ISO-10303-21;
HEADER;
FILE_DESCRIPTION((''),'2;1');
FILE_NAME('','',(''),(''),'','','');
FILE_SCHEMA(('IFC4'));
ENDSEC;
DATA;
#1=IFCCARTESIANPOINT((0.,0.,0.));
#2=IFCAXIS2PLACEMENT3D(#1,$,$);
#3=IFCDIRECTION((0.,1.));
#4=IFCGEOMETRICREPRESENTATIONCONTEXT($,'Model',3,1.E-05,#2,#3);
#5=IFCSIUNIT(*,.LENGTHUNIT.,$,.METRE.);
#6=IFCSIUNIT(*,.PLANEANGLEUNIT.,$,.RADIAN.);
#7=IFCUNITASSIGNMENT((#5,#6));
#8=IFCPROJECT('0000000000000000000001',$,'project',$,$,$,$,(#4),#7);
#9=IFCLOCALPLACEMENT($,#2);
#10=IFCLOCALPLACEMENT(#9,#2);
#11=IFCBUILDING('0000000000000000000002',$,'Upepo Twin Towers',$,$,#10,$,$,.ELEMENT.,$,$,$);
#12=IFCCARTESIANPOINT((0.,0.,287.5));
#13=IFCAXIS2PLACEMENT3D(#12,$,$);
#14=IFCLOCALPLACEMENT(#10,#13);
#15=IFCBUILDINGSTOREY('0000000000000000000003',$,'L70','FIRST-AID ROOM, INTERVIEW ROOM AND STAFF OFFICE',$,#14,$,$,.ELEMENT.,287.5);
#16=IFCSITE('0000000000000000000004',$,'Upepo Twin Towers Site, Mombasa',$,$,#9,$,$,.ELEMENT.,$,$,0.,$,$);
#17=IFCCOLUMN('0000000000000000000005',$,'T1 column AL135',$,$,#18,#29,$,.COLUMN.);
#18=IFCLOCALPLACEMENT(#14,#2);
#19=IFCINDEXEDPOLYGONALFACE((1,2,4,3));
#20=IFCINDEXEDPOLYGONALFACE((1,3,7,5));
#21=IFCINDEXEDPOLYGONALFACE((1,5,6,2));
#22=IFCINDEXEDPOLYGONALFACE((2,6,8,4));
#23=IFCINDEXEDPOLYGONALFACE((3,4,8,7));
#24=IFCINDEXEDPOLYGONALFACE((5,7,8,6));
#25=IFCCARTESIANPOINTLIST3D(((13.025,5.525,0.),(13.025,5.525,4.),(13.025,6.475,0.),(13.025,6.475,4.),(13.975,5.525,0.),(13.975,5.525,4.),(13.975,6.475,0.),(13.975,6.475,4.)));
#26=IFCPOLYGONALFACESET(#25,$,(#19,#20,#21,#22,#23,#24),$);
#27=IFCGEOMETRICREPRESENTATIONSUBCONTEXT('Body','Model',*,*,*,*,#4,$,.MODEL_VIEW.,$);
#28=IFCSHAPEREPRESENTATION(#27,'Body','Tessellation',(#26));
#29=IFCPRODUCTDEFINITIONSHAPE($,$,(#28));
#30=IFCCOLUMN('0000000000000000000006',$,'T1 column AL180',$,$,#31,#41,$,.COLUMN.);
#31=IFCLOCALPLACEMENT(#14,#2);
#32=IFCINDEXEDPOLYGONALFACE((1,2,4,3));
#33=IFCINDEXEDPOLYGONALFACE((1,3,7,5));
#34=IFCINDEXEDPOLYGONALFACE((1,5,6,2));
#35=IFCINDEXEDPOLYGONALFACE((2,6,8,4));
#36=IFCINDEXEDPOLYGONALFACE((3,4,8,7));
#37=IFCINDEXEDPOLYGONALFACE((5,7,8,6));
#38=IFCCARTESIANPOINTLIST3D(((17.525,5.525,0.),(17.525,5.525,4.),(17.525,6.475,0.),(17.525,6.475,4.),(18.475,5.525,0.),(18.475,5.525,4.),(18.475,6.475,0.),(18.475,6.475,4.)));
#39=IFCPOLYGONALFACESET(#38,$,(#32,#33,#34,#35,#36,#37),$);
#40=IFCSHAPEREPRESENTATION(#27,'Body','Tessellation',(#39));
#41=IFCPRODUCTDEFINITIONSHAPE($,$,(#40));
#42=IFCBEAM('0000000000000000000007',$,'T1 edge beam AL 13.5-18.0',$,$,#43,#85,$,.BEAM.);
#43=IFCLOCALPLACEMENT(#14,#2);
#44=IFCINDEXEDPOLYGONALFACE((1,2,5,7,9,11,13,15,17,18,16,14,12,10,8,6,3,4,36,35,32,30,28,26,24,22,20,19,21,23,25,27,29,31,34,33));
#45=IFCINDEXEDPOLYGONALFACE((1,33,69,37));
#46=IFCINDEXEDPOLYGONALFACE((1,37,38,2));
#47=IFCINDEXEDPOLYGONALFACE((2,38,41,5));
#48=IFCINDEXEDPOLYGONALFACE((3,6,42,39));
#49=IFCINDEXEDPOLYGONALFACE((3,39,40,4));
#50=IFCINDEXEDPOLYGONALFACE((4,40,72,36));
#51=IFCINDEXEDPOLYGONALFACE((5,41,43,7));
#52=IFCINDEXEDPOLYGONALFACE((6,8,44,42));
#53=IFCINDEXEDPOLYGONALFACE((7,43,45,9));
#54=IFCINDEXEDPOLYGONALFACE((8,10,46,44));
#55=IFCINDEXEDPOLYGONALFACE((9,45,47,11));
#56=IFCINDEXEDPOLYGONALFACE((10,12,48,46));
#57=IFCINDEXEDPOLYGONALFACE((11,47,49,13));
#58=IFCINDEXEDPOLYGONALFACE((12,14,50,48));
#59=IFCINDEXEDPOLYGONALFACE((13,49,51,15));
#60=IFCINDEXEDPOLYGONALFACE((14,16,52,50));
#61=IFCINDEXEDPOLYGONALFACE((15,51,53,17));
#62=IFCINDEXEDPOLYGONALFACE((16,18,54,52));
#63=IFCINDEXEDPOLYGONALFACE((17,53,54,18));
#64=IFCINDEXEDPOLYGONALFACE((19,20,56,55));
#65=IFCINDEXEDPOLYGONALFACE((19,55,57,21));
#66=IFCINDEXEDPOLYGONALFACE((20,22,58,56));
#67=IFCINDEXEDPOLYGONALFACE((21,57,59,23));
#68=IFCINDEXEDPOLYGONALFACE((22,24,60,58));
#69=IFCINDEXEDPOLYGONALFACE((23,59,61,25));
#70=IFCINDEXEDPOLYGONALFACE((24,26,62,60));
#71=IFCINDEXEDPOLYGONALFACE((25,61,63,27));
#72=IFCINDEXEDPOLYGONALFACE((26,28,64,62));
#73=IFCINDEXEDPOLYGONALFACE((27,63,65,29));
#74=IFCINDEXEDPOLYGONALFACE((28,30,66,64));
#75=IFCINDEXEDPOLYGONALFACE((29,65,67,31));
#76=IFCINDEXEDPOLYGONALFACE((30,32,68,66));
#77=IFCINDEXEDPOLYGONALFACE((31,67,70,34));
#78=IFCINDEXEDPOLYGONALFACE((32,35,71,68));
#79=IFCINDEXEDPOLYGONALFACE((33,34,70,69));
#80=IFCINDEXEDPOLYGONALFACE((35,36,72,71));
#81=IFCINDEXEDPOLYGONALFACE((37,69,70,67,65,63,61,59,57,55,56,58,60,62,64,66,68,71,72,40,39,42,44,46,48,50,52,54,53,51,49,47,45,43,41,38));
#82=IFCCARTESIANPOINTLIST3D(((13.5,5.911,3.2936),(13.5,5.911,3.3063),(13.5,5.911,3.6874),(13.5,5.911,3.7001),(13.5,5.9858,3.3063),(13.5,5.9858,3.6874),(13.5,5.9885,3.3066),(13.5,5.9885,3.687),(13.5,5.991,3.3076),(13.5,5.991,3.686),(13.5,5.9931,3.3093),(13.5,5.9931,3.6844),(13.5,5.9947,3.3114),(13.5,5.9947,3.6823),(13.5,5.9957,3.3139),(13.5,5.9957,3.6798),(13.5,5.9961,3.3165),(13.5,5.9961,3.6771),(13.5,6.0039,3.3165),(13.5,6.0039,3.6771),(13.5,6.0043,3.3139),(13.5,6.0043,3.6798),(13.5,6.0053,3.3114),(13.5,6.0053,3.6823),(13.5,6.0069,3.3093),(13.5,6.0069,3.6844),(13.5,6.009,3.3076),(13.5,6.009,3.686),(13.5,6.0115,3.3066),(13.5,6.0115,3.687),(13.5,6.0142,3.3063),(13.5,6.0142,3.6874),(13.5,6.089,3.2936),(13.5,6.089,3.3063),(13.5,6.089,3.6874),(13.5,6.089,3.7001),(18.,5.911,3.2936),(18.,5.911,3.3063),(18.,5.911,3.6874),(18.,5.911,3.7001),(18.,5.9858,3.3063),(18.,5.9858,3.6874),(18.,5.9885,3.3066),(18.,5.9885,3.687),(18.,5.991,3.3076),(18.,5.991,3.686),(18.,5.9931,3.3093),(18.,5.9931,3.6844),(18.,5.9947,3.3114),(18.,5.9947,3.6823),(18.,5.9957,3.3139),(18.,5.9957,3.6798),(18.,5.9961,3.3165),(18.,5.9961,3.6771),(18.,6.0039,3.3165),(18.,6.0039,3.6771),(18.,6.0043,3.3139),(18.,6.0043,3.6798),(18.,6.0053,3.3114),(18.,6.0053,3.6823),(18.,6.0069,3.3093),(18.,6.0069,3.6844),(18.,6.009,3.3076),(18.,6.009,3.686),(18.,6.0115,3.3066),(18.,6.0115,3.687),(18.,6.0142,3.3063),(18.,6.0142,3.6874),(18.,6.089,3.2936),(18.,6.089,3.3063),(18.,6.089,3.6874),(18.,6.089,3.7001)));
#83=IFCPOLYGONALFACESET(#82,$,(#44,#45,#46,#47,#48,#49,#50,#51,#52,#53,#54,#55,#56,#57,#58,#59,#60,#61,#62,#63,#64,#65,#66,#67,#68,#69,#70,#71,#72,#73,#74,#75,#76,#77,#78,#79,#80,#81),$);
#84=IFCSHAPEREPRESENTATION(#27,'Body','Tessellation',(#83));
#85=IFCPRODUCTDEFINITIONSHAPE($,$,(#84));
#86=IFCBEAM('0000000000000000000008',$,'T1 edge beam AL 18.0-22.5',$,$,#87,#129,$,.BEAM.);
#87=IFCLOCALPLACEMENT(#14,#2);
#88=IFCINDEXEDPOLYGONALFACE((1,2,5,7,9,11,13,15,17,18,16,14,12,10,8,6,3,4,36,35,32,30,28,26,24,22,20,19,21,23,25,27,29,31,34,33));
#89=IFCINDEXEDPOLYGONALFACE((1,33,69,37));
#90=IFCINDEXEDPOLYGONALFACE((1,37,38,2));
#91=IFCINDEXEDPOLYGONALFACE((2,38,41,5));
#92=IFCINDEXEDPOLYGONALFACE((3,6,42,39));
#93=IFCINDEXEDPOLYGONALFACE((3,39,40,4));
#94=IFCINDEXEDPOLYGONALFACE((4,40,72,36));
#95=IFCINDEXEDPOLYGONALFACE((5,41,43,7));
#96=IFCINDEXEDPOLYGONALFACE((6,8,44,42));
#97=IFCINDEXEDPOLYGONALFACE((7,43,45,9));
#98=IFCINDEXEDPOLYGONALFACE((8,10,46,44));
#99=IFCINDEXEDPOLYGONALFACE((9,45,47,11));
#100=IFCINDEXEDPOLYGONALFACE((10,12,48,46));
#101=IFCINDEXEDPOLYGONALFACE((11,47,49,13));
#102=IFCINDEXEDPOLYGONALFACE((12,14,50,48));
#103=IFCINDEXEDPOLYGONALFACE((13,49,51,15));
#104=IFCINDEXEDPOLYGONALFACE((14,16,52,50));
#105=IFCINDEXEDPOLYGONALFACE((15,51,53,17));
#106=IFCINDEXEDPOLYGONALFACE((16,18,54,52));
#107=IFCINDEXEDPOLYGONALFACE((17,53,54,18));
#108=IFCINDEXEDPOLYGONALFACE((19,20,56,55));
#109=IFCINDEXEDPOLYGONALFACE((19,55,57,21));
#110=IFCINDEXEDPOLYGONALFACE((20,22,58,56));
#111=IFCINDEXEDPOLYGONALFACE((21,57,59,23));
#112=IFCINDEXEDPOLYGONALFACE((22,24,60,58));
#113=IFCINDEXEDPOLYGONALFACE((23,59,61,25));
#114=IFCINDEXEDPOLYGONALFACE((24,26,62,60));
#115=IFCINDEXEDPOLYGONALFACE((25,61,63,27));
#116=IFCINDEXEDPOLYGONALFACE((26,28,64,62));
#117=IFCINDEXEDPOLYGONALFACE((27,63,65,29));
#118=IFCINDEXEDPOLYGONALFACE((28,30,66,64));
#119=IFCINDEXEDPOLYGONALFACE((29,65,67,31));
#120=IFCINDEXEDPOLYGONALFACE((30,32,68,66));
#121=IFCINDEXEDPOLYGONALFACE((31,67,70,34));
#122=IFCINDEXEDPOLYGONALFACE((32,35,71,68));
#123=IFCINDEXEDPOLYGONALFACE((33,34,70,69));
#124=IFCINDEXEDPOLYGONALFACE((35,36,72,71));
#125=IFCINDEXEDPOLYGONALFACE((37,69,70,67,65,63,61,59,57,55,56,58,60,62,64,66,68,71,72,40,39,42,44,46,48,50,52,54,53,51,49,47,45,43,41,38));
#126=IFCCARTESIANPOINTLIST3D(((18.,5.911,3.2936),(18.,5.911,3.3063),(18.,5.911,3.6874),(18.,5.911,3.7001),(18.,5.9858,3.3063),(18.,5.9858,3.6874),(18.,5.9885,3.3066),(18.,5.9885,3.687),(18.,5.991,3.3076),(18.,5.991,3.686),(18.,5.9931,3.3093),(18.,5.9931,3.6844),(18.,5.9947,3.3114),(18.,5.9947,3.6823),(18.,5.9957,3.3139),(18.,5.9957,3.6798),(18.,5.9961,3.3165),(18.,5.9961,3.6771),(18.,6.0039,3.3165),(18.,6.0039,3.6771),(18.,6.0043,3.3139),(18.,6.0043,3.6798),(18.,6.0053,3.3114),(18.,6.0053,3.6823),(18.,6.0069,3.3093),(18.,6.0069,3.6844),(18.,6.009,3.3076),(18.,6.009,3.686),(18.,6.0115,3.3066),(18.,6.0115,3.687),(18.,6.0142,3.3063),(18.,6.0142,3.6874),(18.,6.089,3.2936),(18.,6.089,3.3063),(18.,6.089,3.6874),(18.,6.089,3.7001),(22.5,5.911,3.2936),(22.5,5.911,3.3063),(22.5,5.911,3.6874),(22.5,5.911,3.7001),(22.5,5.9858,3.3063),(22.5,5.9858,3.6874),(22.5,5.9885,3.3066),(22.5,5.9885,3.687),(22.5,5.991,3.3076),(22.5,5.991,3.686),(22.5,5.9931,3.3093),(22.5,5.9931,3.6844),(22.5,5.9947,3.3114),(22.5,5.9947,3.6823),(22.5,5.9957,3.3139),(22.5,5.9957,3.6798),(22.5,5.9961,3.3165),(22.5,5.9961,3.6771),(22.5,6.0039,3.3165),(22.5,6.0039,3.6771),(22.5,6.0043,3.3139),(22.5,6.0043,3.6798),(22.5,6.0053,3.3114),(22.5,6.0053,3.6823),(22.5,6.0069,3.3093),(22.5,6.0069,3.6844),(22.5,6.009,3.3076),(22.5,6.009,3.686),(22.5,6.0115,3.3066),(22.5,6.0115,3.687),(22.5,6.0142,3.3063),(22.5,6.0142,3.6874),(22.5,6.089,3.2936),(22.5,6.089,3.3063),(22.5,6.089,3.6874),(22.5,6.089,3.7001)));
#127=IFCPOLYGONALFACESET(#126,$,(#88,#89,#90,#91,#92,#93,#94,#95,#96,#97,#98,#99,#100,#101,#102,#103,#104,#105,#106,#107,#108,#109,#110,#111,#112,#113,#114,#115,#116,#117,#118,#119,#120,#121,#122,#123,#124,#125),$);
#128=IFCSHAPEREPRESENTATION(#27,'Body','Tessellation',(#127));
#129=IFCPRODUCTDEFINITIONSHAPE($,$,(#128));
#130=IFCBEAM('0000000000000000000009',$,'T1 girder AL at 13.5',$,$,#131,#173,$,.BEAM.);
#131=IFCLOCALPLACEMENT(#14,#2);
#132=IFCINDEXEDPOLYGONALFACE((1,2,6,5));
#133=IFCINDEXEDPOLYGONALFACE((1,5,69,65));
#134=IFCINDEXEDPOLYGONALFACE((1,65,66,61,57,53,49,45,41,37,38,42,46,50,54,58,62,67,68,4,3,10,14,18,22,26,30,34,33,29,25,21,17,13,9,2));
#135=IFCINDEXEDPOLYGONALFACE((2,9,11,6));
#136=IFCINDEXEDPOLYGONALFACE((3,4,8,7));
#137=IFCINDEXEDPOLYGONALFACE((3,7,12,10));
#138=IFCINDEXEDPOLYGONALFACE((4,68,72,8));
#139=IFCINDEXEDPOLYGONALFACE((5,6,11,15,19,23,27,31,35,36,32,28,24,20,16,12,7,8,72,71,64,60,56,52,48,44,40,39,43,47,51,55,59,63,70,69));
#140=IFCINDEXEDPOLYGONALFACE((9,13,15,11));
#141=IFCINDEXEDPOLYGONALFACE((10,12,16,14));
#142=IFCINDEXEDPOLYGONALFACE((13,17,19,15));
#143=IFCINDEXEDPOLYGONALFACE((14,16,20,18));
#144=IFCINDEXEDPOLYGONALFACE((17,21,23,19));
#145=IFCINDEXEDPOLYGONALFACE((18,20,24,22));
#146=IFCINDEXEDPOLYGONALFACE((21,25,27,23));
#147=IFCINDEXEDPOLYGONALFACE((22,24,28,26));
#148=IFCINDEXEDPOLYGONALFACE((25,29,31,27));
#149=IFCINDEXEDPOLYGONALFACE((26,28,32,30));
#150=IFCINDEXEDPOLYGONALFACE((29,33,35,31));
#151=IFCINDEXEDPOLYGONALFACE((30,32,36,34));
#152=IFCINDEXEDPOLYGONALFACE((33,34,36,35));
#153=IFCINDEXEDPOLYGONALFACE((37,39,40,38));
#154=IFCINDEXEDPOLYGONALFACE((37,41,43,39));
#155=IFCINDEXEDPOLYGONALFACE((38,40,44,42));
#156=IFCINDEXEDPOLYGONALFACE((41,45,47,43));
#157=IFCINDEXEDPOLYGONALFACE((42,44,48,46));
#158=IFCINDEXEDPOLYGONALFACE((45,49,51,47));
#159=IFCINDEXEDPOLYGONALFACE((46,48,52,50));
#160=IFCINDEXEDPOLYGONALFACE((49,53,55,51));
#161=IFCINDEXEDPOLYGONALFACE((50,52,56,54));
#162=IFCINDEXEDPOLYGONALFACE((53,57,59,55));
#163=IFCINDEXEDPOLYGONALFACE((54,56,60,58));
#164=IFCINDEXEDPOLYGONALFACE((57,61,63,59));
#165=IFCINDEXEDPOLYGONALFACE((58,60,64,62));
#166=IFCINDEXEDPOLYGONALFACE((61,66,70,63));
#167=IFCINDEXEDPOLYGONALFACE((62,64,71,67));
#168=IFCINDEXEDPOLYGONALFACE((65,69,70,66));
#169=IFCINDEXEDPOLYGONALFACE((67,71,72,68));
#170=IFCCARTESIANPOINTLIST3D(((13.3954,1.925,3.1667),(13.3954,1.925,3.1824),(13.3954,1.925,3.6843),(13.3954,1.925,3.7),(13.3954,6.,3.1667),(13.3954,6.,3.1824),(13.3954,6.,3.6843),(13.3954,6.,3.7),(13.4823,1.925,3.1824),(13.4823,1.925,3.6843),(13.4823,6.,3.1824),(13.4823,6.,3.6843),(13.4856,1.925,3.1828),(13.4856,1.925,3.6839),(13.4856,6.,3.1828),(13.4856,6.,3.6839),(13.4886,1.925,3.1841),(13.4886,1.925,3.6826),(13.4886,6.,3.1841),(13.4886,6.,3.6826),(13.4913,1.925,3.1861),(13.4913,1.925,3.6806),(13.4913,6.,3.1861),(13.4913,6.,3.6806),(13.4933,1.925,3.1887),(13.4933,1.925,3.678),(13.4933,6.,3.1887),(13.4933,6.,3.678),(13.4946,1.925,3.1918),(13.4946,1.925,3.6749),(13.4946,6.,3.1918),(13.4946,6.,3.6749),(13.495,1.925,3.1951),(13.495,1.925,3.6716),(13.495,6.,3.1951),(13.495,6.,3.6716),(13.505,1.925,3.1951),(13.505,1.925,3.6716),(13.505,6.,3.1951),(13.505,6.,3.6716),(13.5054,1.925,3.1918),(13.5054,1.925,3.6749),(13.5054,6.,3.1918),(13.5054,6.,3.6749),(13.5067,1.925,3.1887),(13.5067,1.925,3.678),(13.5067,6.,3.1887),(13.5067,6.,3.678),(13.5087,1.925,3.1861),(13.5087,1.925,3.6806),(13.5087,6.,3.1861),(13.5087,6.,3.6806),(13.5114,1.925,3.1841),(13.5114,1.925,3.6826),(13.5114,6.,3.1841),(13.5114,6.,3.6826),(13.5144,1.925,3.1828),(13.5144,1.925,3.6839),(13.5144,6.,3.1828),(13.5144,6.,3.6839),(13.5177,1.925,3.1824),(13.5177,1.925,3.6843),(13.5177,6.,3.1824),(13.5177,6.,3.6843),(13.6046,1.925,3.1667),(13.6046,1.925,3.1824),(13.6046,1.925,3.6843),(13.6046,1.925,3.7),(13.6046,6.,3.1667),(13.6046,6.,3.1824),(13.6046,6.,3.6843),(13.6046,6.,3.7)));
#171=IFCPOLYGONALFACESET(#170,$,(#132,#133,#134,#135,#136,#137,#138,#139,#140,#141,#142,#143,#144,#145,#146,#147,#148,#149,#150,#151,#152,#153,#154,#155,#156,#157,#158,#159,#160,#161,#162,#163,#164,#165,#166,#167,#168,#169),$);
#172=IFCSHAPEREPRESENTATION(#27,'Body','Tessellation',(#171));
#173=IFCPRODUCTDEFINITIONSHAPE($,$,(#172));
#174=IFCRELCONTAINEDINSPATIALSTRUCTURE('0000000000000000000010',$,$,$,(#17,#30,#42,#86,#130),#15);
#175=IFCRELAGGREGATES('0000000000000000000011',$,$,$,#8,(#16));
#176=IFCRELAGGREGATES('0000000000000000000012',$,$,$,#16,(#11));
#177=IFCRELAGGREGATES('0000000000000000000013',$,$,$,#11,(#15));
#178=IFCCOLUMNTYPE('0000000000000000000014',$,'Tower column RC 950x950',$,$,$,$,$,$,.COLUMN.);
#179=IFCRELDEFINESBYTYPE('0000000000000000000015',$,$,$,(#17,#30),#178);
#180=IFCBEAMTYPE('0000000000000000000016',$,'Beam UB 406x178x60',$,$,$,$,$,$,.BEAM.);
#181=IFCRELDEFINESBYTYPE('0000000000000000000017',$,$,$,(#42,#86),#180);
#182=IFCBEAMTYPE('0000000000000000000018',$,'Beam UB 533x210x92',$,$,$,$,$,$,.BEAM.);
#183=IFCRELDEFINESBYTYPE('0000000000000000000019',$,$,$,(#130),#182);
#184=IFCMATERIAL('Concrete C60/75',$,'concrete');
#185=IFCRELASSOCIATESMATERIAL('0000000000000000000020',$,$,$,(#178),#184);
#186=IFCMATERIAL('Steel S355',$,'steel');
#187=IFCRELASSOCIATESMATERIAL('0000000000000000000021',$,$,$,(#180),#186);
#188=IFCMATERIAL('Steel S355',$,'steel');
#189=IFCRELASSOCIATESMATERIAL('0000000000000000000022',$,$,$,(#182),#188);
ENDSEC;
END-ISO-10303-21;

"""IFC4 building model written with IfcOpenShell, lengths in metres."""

from ifc_helpers import new_model, si_unit, direction, frame, origin, origin_2d, place, context, subcontext, project, spatial, rectangle, i_section, extrude, material, material_profile, profile_set, type_object, element, save


model = new_model("IFC4")

# Units and contexts
model_context = context("Model", 3, precision=1e-05, world=origin(), true_north=direction((0.0, 1.0)))
body_context = subcontext(model_context, "Body", "Model", "MODEL_VIEW")
ifc_project = project(units=[si_unit("LENGTHUNIT", "METRE"), si_unit("PLANEANGLEUNIT", "RADIAN")], contexts=[model_context])

# Site, building, storey
site_placement = place(None, origin())
site = spatial("IfcSite", under=ifc_project, at=site_placement, Name="Upepo Twin Towers Site, Mombasa", CompositionType="ELEMENT", RefElevation=0.0)
building_placement = place(site_placement, origin())
building = spatial("IfcBuilding", under=site, at=building_placement, Name="Upepo Twin Towers", CompositionType="ELEMENT")
storey_placement = place(building_placement, frame((0.0, 0.0, 287.5)))
storey = spatial("IfcBuildingStorey", under=building, at=storey_placement, Name="L70", Description="FIRST-AID ROOM, INTERVIEW ROOM AND STAFF OFFICE", CompositionType="ELEMENT", Elevation=287.5)

# Columns
ifc_material_1 = material(Name="Concrete C60/75", Category="concrete")
ifc_material_profile_1 = material_profile(ifc_material_1, rectangle(XDim=0.95, YDim=0.95, at=origin_2d()), Name="RC 950x950")
ifc_profile_set_1 = profile_set([ifc_material_profile_1], Name="Concrete C60/75")
column_type = type_object("IfcColumnType", Name="Tower column RC 950x950", PredefinedType="COLUMN", material=ifc_profile_set_1)
for number, where, z_axis, x_axis, name in (
    (1, (13.5, 6.0, 0.0), (0.0, 0.0, 1.0), (1.0, 0.0, 0.0), "T1 column AL135"),
    (2, (18.0, 6.0, 0.0), (0.0, 0.0, 1.0), (1.0, 0.0, 0.0), "T1 column AL180"),
):
    element("IfcColumn", number, at=place(storey_placement, frame(where, z_axis=z_axis, x_axis=x_axis)), inside=storey, type_object=column_type, Name=name, PredefinedType="COLUMN", context=body_context, shape_type="SweptSolid", body=[
        extrude(rectangle(XDim=0.95, YDim=0.95, at=origin_2d()), origin(), (0.0, 0.0, 1.0), 4.0),
    ])

# Beams
ifc_material_2 = material(Name="Steel S355", Category="steel")
ifc_material_profile_2 = material_profile(ifc_material_2, i_section(OverallWidth=0.178, OverallDepth=0.4065, WebThickness=0.0078, FlangeThickness=0.0127, FilletRadius=0.0103, at=origin_2d()), Name="UB 406x178x60")
ifc_profile_set_2 = profile_set([ifc_material_profile_2], Name="Steel S355")
beam_type_1 = type_object("IfcBeamType", Name="Beam UB 406x178x60", PredefinedType="BEAM", material=ifc_profile_set_2)
for number, where, z_axis, x_axis, name in (
    (3, (13.5, 6.0, 3.4968), (1.0, 0.0, 0.0), (0.0, 1.0, 0.0), "T1 edge beam AL 13.5-18.0"),
    (4, (18.0, 6.0, 3.4968), (1.0, 0.0, 0.0), (0.0, 1.0, 0.0), "T1 edge beam AL 18.0-22.5"),
):
    element("IfcBeam", number, at=place(storey_placement, frame(where, z_axis=z_axis, x_axis=x_axis)), inside=storey, type_object=beam_type_1, Name=name, PredefinedType="BEAM", context=body_context, shape_type="SweptSolid", body=[
        extrude(i_section(OverallWidth=0.178, OverallDepth=0.4065, WebThickness=0.0078, FlangeThickness=0.0127, FilletRadius=0.0103, at=origin_2d()), origin(), (0.0, 0.0, 1.0), 4.5),
    ])
ifc_material_3 = material(Name="Steel S355", Category="steel")
ifc_material_profile_3 = material_profile(ifc_material_3, i_section(OverallWidth=0.2092, OverallDepth=0.5332, WebThickness=0.01, FlangeThickness=0.0156, FilletRadius=0.0127, at=origin_2d()), Name="UB 533x210x92")
ifc_profile_set_3 = profile_set([ifc_material_profile_3], Name="Steel S355")
beam_type_2 = type_object("IfcBeamType", Name="Beam UB 533x210x92", PredefinedType="BEAM", material=ifc_profile_set_3)
for number, where, z_axis, x_axis, name in (
    (5, (13.5, 6.0, 3.4333), (0.0, -1.0, 0.0), (1.0, 0.0, 0.0), "T1 girder AL at 13.5"),
):
    element("IfcBeam", number, at=place(storey_placement, frame(where, z_axis=z_axis, x_axis=x_axis)), inside=storey, type_object=beam_type_2, Name=name, PredefinedType="BEAM", context=body_context, shape_type="SweptSolid", body=[
        extrude(i_section(OverallWidth=0.2092, OverallDepth=0.5332, WebThickness=0.01, FlangeThickness=0.0156, FilletRadius=0.0127, at=origin_2d()), origin(), (0.0, 0.0, 1.0), 4.075),
    ])

save(model, "model.ifc")
